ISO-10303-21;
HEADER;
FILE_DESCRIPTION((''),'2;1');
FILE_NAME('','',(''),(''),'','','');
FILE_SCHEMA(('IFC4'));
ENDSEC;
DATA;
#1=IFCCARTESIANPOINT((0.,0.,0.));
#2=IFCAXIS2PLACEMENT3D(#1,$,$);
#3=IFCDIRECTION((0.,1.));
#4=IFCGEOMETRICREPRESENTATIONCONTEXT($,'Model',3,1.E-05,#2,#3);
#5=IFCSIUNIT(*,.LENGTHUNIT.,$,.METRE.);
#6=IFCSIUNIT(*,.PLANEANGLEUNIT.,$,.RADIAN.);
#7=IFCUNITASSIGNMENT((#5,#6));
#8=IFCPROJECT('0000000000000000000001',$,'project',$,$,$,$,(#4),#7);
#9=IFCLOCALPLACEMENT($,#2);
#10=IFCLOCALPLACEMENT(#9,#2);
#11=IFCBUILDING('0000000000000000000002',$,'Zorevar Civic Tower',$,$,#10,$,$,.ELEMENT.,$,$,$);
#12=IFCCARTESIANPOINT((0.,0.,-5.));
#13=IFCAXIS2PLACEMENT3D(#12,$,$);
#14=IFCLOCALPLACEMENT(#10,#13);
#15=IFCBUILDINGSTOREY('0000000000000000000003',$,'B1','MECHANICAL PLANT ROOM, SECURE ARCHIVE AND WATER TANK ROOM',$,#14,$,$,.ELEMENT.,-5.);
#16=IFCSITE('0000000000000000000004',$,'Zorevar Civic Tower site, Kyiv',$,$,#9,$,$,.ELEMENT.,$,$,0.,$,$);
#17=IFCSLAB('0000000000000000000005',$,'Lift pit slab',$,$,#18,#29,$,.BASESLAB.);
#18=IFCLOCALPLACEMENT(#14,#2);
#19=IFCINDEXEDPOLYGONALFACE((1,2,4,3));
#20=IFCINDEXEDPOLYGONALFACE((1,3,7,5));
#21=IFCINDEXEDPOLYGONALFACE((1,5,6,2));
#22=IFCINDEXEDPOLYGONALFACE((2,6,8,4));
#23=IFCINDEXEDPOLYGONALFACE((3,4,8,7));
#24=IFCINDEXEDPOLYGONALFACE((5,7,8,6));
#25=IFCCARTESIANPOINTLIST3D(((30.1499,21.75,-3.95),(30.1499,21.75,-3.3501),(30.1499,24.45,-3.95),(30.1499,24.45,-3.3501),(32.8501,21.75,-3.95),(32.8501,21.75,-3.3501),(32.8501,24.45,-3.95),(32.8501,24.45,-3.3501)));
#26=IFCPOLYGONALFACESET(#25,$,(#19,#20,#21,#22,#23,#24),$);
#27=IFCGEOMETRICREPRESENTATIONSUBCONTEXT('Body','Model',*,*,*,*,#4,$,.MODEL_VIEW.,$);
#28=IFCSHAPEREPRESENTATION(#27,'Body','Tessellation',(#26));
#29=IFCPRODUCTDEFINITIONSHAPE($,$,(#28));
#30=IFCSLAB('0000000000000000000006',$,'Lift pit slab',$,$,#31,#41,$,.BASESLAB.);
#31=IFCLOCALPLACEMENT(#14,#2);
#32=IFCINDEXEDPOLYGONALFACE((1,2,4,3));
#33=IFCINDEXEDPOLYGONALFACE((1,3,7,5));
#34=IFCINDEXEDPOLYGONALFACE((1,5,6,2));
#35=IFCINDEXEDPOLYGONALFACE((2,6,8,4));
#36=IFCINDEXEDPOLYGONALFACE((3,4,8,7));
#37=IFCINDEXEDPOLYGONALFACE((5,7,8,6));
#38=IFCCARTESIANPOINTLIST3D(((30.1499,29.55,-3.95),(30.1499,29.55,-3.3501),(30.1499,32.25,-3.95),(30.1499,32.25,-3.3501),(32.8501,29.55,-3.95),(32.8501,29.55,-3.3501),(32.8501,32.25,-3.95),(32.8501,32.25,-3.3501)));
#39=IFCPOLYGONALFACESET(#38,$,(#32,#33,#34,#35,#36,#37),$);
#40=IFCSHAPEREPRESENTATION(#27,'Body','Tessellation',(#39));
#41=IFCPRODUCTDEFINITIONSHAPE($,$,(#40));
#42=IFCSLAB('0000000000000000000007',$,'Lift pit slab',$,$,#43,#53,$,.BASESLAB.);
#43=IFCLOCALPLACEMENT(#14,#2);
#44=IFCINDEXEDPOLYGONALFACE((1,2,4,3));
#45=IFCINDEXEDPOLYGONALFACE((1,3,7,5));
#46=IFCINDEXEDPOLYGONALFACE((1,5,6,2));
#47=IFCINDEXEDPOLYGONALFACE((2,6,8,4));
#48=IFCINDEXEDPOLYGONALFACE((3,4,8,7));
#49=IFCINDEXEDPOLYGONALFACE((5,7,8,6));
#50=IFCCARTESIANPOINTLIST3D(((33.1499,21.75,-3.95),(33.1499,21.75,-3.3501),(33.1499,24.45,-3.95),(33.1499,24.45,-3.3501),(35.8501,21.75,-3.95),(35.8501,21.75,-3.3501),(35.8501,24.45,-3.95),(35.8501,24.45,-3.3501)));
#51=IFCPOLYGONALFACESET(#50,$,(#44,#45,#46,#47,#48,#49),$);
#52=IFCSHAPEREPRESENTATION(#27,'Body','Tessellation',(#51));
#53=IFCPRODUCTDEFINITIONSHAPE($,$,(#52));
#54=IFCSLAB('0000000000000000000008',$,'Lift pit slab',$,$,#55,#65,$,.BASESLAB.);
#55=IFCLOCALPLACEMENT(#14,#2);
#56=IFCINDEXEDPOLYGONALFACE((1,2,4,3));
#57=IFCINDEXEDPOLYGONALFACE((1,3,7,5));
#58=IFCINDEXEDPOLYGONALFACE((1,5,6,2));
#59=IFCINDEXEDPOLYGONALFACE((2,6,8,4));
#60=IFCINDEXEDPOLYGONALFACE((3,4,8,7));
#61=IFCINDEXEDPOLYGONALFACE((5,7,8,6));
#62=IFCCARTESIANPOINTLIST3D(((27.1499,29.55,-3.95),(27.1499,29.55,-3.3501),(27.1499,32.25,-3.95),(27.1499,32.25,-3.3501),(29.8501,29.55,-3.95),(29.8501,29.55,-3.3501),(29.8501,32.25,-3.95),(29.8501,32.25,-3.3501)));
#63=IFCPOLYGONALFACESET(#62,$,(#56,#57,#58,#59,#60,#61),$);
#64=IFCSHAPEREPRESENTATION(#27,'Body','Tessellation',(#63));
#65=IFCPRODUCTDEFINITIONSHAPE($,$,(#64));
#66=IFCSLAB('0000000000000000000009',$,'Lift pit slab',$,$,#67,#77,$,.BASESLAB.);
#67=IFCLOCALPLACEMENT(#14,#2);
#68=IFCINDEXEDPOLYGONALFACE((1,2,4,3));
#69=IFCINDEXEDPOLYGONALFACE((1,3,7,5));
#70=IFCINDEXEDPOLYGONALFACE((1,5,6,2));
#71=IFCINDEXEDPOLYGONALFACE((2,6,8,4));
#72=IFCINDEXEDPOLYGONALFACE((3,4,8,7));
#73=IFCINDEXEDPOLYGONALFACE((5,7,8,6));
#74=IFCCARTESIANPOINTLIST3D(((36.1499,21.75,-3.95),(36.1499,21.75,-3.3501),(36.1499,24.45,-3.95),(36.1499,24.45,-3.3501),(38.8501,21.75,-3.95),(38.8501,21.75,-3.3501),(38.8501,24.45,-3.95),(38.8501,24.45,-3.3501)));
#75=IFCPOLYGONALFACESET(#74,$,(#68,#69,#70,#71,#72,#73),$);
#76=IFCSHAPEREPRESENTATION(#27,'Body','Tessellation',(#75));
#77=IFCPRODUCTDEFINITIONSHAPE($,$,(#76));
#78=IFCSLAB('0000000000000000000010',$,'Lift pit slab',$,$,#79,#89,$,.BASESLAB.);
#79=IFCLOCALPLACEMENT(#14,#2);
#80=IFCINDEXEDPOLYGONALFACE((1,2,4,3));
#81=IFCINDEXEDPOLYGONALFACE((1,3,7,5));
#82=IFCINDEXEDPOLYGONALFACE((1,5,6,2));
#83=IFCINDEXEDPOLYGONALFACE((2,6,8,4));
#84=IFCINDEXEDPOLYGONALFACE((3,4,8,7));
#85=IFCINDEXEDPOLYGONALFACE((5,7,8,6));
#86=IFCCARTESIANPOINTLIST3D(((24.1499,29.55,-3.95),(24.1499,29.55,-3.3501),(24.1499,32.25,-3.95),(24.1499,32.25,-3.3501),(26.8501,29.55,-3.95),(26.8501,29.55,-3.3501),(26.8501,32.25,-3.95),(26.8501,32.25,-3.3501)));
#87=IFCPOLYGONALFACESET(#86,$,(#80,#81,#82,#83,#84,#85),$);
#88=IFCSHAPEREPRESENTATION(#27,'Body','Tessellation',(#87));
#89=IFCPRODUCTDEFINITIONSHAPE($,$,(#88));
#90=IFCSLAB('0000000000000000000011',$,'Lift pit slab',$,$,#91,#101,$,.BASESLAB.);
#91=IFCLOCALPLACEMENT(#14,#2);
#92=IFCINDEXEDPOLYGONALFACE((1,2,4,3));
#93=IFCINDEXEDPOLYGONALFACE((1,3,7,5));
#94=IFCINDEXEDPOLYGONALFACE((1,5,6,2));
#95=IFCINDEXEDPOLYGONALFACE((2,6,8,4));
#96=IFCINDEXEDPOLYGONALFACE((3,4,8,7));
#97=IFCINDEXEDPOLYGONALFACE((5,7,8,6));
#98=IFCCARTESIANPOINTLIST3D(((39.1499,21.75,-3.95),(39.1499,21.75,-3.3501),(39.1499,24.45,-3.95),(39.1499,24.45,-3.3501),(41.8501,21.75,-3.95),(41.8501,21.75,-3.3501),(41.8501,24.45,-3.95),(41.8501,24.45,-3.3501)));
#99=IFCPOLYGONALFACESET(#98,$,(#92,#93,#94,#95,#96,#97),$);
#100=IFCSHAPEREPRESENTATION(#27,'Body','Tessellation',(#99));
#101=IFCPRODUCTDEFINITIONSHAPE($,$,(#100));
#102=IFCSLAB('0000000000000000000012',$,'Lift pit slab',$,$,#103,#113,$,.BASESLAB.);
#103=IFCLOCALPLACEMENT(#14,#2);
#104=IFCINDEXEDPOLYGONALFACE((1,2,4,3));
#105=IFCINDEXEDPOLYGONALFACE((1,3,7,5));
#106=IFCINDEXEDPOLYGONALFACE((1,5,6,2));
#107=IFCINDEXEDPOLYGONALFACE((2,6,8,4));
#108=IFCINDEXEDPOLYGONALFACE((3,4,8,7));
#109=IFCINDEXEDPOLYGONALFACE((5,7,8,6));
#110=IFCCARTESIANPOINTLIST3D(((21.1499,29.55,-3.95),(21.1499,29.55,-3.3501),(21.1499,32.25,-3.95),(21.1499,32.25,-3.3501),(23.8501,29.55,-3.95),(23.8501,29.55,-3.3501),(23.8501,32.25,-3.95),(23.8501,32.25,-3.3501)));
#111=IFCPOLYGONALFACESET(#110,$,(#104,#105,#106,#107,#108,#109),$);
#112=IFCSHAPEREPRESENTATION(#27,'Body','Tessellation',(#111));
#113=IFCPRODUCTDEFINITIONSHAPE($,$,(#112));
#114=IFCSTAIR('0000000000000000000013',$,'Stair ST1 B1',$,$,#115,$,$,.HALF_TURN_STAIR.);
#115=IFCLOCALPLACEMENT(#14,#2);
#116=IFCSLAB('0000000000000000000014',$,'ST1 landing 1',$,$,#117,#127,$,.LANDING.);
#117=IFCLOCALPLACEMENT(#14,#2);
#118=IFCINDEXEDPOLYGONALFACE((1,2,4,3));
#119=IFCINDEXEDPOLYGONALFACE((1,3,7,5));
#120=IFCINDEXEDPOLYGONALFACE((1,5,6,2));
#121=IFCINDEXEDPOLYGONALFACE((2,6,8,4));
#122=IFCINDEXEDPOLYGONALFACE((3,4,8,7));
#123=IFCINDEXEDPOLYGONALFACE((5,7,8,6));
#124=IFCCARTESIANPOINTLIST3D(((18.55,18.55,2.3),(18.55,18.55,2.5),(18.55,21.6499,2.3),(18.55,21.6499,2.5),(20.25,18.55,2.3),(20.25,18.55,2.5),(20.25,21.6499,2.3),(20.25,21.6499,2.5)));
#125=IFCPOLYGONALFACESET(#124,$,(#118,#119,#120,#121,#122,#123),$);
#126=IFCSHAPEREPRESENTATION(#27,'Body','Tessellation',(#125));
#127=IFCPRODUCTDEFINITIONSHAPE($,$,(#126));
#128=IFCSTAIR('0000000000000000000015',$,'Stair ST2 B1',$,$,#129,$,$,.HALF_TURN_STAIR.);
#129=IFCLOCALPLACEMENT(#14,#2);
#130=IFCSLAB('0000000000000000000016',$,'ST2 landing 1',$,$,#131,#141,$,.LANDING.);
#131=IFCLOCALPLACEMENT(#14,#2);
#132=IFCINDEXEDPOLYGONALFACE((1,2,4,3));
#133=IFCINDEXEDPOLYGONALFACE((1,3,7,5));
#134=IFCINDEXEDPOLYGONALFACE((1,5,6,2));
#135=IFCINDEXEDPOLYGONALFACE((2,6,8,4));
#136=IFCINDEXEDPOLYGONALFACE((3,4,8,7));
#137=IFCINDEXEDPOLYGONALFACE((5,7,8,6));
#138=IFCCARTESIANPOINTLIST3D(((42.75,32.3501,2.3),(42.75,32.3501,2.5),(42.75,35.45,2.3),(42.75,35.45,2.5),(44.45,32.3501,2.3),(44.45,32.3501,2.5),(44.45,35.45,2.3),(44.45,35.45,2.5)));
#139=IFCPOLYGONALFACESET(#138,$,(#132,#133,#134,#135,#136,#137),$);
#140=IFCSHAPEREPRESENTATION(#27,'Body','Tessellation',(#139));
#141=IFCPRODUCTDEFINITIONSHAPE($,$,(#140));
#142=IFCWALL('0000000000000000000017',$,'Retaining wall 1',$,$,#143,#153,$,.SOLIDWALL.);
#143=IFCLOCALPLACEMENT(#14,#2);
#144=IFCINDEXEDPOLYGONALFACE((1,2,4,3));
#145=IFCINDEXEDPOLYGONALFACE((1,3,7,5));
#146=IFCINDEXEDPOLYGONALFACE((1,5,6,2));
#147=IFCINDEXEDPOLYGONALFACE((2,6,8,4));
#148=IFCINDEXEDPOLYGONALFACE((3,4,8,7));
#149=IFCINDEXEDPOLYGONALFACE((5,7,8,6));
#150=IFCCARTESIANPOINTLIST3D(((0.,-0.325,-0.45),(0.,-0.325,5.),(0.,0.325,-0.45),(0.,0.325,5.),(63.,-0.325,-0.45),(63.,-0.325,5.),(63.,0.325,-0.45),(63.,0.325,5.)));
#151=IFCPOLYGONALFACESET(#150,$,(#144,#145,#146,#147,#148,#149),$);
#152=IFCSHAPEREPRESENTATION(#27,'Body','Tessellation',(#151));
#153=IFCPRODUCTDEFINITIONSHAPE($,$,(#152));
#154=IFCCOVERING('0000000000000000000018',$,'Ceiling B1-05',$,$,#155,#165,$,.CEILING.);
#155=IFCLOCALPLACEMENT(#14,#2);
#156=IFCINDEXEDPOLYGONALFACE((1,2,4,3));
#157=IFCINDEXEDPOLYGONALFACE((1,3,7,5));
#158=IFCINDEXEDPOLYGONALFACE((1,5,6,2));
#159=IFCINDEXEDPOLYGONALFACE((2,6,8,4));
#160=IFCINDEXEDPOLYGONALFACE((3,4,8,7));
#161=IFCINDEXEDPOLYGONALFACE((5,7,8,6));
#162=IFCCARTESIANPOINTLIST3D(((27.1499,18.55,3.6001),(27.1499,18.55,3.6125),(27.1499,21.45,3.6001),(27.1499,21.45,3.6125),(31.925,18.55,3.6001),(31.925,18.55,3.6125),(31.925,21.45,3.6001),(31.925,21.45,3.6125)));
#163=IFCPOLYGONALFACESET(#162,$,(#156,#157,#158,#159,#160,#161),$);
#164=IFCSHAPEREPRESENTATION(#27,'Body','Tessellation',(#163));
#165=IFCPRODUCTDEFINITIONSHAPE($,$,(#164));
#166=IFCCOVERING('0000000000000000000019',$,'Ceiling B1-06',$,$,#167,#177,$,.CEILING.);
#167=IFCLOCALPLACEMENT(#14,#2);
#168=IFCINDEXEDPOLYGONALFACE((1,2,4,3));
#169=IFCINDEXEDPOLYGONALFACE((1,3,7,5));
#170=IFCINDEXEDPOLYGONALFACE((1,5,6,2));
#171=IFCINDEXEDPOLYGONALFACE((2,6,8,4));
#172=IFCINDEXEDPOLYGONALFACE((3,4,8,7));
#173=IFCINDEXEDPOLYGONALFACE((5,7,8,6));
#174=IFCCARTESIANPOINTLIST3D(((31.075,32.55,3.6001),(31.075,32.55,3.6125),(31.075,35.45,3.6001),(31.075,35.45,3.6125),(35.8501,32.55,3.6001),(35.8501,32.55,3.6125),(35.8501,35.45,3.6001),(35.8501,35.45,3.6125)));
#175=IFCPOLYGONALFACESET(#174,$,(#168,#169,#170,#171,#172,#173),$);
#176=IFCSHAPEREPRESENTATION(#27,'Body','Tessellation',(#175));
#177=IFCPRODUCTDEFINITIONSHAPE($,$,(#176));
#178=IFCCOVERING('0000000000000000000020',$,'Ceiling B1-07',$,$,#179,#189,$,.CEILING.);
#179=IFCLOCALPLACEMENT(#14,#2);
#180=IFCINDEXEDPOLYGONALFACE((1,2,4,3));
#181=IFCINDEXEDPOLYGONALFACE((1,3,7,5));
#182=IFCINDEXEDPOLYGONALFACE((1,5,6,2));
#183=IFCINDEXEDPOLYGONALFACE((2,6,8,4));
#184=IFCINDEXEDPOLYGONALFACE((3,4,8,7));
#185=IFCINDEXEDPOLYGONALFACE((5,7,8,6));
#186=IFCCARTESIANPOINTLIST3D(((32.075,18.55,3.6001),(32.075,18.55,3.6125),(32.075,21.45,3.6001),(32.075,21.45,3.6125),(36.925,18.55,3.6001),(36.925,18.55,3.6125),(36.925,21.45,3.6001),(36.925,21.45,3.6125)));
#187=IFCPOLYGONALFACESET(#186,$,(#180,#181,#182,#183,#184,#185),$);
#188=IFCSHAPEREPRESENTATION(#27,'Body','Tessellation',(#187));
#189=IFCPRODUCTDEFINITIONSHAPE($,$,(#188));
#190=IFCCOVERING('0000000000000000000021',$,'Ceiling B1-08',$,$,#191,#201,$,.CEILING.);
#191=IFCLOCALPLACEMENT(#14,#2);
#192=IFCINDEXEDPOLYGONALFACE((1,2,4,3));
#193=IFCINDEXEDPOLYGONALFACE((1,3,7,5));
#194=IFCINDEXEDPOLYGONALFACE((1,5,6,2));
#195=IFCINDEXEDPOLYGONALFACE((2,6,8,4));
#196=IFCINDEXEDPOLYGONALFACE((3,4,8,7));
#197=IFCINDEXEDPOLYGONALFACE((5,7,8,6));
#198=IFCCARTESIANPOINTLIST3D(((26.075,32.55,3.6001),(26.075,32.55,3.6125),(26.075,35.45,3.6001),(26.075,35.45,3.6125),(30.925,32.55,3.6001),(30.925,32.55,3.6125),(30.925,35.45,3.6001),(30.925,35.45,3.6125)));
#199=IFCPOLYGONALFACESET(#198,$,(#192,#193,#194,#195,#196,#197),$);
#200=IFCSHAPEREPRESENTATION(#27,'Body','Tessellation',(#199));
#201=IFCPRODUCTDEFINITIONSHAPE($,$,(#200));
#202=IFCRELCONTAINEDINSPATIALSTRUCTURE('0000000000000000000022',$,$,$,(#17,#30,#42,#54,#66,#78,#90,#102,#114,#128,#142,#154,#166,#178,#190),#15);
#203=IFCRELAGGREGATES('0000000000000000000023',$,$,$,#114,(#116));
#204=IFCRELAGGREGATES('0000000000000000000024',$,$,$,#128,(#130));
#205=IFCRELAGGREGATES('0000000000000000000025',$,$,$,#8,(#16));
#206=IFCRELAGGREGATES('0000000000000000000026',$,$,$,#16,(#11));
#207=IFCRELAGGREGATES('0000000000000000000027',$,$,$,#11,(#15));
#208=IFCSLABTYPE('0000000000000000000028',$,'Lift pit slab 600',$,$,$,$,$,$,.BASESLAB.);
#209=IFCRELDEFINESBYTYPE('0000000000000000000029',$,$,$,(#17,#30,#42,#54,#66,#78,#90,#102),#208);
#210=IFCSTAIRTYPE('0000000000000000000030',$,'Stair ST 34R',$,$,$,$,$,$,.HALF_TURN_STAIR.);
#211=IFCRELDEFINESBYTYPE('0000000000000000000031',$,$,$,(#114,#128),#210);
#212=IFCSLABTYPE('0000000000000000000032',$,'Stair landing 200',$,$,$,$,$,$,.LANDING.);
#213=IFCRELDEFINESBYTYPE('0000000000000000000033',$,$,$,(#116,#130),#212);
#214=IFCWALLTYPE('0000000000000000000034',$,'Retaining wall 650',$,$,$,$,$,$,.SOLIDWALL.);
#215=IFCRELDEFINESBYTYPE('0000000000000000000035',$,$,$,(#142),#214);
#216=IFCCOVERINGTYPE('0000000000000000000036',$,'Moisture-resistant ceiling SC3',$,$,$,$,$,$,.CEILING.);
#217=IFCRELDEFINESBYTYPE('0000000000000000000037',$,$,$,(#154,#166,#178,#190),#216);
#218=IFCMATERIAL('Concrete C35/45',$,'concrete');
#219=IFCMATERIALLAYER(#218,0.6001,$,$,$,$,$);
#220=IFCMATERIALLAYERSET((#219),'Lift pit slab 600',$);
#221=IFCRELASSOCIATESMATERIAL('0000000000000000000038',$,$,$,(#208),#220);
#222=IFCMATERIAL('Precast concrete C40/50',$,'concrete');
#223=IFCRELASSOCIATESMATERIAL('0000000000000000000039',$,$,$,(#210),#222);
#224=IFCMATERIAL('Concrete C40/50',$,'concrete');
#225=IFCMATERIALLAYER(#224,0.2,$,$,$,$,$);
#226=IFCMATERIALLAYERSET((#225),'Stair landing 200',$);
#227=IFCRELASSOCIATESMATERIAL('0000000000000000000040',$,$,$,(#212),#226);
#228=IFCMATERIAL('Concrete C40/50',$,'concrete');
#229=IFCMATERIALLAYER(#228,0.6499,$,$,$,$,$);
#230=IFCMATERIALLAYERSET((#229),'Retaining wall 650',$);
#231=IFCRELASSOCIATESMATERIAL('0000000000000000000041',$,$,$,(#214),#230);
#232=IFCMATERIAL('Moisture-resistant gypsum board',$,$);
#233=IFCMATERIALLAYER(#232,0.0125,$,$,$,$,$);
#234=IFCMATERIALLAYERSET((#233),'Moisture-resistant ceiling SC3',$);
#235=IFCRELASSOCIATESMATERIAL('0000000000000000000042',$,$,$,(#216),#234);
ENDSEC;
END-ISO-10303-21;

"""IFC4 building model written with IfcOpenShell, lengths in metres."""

from ifc_helpers import new_model, si_unit, direction, frame, frame_2d, origin, place, context, subcontext, project, spatial, polyline, rectangle, outline, extrude, material, layer, layer_set, type_object, element, aggregate, save


model = new_model("IFC4")

# Units and contexts
model_context = context("Model", 3, precision=1e-05, world=origin(), true_north=direction((0.0, 1.0)))
body_context = subcontext(model_context, "Body", "Model", "MODEL_VIEW")
ifc_project = project(units=[si_unit("LENGTHUNIT", "METRE"), si_unit("PLANEANGLEUNIT", "RADIAN")], contexts=[model_context])

# Site, building, storey
site_placement = place(None, origin())
site = spatial("IfcSite", under=ifc_project, at=site_placement, Name="Zorevar Civic Tower site, Kyiv", CompositionType="ELEMENT", RefElevation=0.0)
building_placement = place(site_placement, origin())
building = spatial("IfcBuilding", under=site, at=building_placement, Name="Zorevar Civic Tower", CompositionType="ELEMENT")
storey_placement = place(building_placement, frame((0.0, 0.0, -5.0)))
storey = spatial("IfcBuildingStorey", under=building, at=storey_placement, Name="B1", Description="MECHANICAL PLANT ROOM, SECURE ARCHIVE AND WATER TANK ROOM", CompositionType="ELEMENT", Elevation=-5.0)

# Slabs
ifc_material_1 = material(Name="Concrete C35/45", Category="concrete")
ifc_layer_1 = layer(ifc_material_1, 0.6001)
ifc_layer_set_1 = layer_set([ifc_layer_1], Name="Lift pit slab 600")
slab_type_1 = type_object("IfcSlabType", Name="Lift pit slab 600", PredefinedType="BASESLAB", material=ifc_layer_set_1)
slab_1_placement = place(storey_placement, frame((0.0, 0.0, -3.95)))
element("IfcSlab", 1, at=slab_1_placement, inside=storey, type_object=slab_type_1, Name="Lift pit slab", PredefinedType="BASESLAB", context=body_context, shape_type="SweptSolid", body=[
    extrude(outline(polyline([(30.1499, 21.75), (32.8501, 21.75), (32.8501, 24.45), (30.1499, 24.45), (30.1499, 21.75)])), origin(), (0.0, 0.0, 1.0), 0.5999),
])
slab_2_placement = place(storey_placement, frame((0.0, 0.0, -3.95)))
element("IfcSlab", 2, at=slab_2_placement, inside=storey, type_object=slab_type_1, Name="Lift pit slab", PredefinedType="BASESLAB", context=body_context, shape_type="SweptSolid", body=[
    extrude(outline(polyline([(30.1499, 29.55), (32.8501, 29.55), (32.8501, 32.25), (30.1499, 32.25), (30.1499, 29.55)])), origin(), (0.0, 0.0, 1.0), 0.5999),
])
slab_3_placement = place(storey_placement, frame((0.0, 0.0, -3.95)))
element("IfcSlab", 3, at=slab_3_placement, inside=storey, type_object=slab_type_1, Name="Lift pit slab", PredefinedType="BASESLAB", context=body_context, shape_type="SweptSolid", body=[
    extrude(outline(polyline([(33.1499, 21.75), (35.8501, 21.75), (35.8501, 24.45), (33.1499, 24.45), (33.1499, 21.75)])), origin(), (0.0, 0.0, 1.0), 0.5999),
])
slab_4_placement = place(storey_placement, frame((0.0, 0.0, -3.95)))
element("IfcSlab", 4, at=slab_4_placement, inside=storey, type_object=slab_type_1, Name="Lift pit slab", PredefinedType="BASESLAB", context=body_context, shape_type="SweptSolid", body=[
    extrude(outline(polyline([(27.1499, 29.55), (29.8501, 29.55), (29.8501, 32.25), (27.1499, 32.25), (27.1499, 29.55)])), origin(), (0.0, 0.0, 1.0), 0.5999),
])
slab_5_placement = place(storey_placement, frame((0.0, 0.0, -3.95)))
element("IfcSlab", 5, at=slab_5_placement, inside=storey, type_object=slab_type_1, Name="Lift pit slab", PredefinedType="BASESLAB", context=body_context, shape_type="SweptSolid", body=[
    extrude(outline(polyline([(36.1499, 21.75), (38.8501, 21.75), (38.8501, 24.45), (36.1499, 24.45), (36.1499, 21.75)])), origin(), (0.0, 0.0, 1.0), 0.5999),
])
slab_6_placement = place(storey_placement, frame((0.0, 0.0, -3.95)))
element("IfcSlab", 6, at=slab_6_placement, inside=storey, type_object=slab_type_1, Name="Lift pit slab", PredefinedType="BASESLAB", context=body_context, shape_type="SweptSolid", body=[
    extrude(outline(polyline([(24.1499, 29.55), (26.8501, 29.55), (26.8501, 32.25), (24.1499, 32.25), (24.1499, 29.55)])), origin(), (0.0, 0.0, 1.0), 0.5999),
])
slab_7_placement = place(storey_placement, frame((0.0, 0.0, -3.95)))
element("IfcSlab", 7, at=slab_7_placement, inside=storey, type_object=slab_type_1, Name="Lift pit slab", PredefinedType="BASESLAB", context=body_context, shape_type="SweptSolid", body=[
    extrude(outline(polyline([(39.1499, 21.75), (41.8501, 21.75), (41.8501, 24.45), (39.1499, 24.45), (39.1499, 21.75)])), origin(), (0.0, 0.0, 1.0), 0.5999),
])
slab_8_placement = place(storey_placement, frame((0.0, 0.0, -3.95)))
element("IfcSlab", 8, at=slab_8_placement, inside=storey, type_object=slab_type_1, Name="Lift pit slab", PredefinedType="BASESLAB", context=body_context, shape_type="SweptSolid", body=[
    extrude(outline(polyline([(21.1499, 29.55), (23.8501, 29.55), (23.8501, 32.25), (21.1499, 32.25), (21.1499, 29.55)])), origin(), (0.0, 0.0, 1.0), 0.5999),
])

# Stairs, slabs
ifc_material_2 = material(Name="Precast concrete C40/50", Category="concrete")
stair_type = type_object("IfcStairType", Name="Stair ST 34R", PredefinedType="HALF_TURN_STAIR", material=ifc_material_2)
stair_1_placement = place(storey_placement, origin())
stair_1 = element("IfcStair", 9, at=stair_1_placement, inside=storey, type_object=stair_type, Name="Stair ST1 B1", PredefinedType="HALF_TURN_STAIR")
ifc_material_3 = material(Name="Concrete C40/50", Category="concrete")
ifc_layer_2 = layer(ifc_material_3, 0.2)
ifc_layer_set_2 = layer_set([ifc_layer_2], Name="Stair landing 200")
slab_type_2 = type_object("IfcSlabType", Name="Stair landing 200", PredefinedType="LANDING", material=ifc_layer_set_2)
slab_9_placement = place(storey_placement, frame((0.0, 0.0, 2.3)))
slab_9 = element("IfcSlab", 10, at=slab_9_placement, type_object=slab_type_2, Name="ST1 landing 1", PredefinedType="LANDING", context=body_context, shape_type="SweptSolid", body=[
    extrude(outline(polyline([(18.55, 18.55), (20.25, 18.55), (20.25, 21.6499), (18.55, 21.6499), (18.55, 18.55)])), origin(), (0.0, 0.0, 1.0), 0.2),
])
aggregate(stair_1, [slab_9])
stair_2_placement = place(storey_placement, origin())
stair_2 = element("IfcStair", 11, at=stair_2_placement, inside=storey, type_object=stair_type, Name="Stair ST2 B1", PredefinedType="HALF_TURN_STAIR")
slab_10_placement = place(storey_placement, frame((0.0, 0.0, 2.3)))
slab_10 = element("IfcSlab", 12, at=slab_10_placement, type_object=slab_type_2, Name="ST2 landing 1", PredefinedType="LANDING", context=body_context, shape_type="SweptSolid", body=[
    extrude(outline(polyline([(44.45, 32.3501), (42.75, 32.3501), (42.75, 35.45), (44.45, 35.45), (44.45, 32.3501)])), origin(), (0.0, 0.0, 1.0), 0.2),
])
aggregate(stair_2, [slab_10])

# Wall
ifc_material_4 = material(Name="Concrete C40/50", Category="concrete")
ifc_layer_3 = layer(ifc_material_4, 0.6499)
ifc_layer_set_3 = layer_set([ifc_layer_3], Name="Retaining wall 650")
wall_type = type_object("IfcWallType", Name="Retaining wall 650", PredefinedType="SOLIDWALL", material=ifc_layer_set_3)
wall_placement = place(storey_placement, frame((0.0, 0.0, -0.45), z_axis=(0.0, 0.0, 1.0), x_axis=(1.0, 0.0, 0.0)))
element("IfcWall", 13, at=wall_placement, inside=storey, type_object=wall_type, Name="Retaining wall 1", PredefinedType="SOLIDWALL", context=body_context, shape_type="SweptSolid", body=[
    extrude(rectangle(XDim=63.0, YDim=0.6499, at=frame_2d((31.5, 0.0))), origin(), (0.0, 0.0, 1.0), 5.45),
])

# Coverings
ifc_material_5 = material(Name="Moisture-resistant gypsum board")
ifc_layer_4 = layer(ifc_material_5, 0.0125)
ifc_layer_set_4 = layer_set([ifc_layer_4], Name="Moisture-resistant ceiling SC3")
covering_type_1 = type_object("IfcCoveringType", Name="Moisture-resistant ceiling SC3", PredefinedType="CEILING", material=ifc_layer_set_4)
covering_1_placement = place(storey_placement, frame((0.0, 0.0, 3.6001)))
element("IfcCovering", 14, at=covering_1_placement, inside=storey, type_object=covering_type_1, Name="Ceiling B1-05", PredefinedType="CEILING", context=body_context, shape_type="SweptSolid", body=[
    extrude(outline(polyline([(31.925, 18.55), (31.925, 21.45), (27.1499, 21.45), (27.1499, 18.55), (31.925, 18.55)])), origin(), (0.0, 0.0, 1.0), 0.0125),
])
covering_2_placement = place(storey_placement, frame((0.0, 0.0, 3.6001)))
element("IfcCovering", 15, at=covering_2_placement, inside=storey, type_object=covering_type_1, Name="Ceiling B1-06", PredefinedType="CEILING", context=body_context, shape_type="SweptSolid", body=[
    extrude(outline(polyline([(35.8501, 32.55), (35.8501, 35.45), (31.075, 35.45), (31.075, 32.55), (35.8501, 32.55)])), origin(), (0.0, 0.0, 1.0), 0.0125),
])
covering_3_placement = place(storey_placement, frame((0.0, 0.0, 3.6001)))
element("IfcCovering", 16, at=covering_3_placement, inside=storey, type_object=covering_type_1, Name="Ceiling B1-07", PredefinedType="CEILING", context=body_context, shape_type="SweptSolid", body=[
    extrude(outline(polyline([(36.925, 18.55), (36.925, 21.45), (32.075, 21.45), (32.075, 18.55), (36.925, 18.55)])), origin(), (0.0, 0.0, 1.0), 0.0125),
])
covering_4_placement = place(storey_placement, frame((0.0, 0.0, 3.6001)))
element("IfcCovering", 17, at=covering_4_placement, inside=storey, type_object=covering_type_1, Name="Ceiling B1-08", PredefinedType="CEILING", context=body_context, shape_type="SweptSolid", body=[
    extrude(outline(polyline([(30.925, 32.55), (30.925, 35.45), (26.075, 35.45), (26.075, 32.55), (30.925, 32.55)])), origin(), (0.0, 0.0, 1.0), 0.0125),
])

save(model, "model.ifc")
